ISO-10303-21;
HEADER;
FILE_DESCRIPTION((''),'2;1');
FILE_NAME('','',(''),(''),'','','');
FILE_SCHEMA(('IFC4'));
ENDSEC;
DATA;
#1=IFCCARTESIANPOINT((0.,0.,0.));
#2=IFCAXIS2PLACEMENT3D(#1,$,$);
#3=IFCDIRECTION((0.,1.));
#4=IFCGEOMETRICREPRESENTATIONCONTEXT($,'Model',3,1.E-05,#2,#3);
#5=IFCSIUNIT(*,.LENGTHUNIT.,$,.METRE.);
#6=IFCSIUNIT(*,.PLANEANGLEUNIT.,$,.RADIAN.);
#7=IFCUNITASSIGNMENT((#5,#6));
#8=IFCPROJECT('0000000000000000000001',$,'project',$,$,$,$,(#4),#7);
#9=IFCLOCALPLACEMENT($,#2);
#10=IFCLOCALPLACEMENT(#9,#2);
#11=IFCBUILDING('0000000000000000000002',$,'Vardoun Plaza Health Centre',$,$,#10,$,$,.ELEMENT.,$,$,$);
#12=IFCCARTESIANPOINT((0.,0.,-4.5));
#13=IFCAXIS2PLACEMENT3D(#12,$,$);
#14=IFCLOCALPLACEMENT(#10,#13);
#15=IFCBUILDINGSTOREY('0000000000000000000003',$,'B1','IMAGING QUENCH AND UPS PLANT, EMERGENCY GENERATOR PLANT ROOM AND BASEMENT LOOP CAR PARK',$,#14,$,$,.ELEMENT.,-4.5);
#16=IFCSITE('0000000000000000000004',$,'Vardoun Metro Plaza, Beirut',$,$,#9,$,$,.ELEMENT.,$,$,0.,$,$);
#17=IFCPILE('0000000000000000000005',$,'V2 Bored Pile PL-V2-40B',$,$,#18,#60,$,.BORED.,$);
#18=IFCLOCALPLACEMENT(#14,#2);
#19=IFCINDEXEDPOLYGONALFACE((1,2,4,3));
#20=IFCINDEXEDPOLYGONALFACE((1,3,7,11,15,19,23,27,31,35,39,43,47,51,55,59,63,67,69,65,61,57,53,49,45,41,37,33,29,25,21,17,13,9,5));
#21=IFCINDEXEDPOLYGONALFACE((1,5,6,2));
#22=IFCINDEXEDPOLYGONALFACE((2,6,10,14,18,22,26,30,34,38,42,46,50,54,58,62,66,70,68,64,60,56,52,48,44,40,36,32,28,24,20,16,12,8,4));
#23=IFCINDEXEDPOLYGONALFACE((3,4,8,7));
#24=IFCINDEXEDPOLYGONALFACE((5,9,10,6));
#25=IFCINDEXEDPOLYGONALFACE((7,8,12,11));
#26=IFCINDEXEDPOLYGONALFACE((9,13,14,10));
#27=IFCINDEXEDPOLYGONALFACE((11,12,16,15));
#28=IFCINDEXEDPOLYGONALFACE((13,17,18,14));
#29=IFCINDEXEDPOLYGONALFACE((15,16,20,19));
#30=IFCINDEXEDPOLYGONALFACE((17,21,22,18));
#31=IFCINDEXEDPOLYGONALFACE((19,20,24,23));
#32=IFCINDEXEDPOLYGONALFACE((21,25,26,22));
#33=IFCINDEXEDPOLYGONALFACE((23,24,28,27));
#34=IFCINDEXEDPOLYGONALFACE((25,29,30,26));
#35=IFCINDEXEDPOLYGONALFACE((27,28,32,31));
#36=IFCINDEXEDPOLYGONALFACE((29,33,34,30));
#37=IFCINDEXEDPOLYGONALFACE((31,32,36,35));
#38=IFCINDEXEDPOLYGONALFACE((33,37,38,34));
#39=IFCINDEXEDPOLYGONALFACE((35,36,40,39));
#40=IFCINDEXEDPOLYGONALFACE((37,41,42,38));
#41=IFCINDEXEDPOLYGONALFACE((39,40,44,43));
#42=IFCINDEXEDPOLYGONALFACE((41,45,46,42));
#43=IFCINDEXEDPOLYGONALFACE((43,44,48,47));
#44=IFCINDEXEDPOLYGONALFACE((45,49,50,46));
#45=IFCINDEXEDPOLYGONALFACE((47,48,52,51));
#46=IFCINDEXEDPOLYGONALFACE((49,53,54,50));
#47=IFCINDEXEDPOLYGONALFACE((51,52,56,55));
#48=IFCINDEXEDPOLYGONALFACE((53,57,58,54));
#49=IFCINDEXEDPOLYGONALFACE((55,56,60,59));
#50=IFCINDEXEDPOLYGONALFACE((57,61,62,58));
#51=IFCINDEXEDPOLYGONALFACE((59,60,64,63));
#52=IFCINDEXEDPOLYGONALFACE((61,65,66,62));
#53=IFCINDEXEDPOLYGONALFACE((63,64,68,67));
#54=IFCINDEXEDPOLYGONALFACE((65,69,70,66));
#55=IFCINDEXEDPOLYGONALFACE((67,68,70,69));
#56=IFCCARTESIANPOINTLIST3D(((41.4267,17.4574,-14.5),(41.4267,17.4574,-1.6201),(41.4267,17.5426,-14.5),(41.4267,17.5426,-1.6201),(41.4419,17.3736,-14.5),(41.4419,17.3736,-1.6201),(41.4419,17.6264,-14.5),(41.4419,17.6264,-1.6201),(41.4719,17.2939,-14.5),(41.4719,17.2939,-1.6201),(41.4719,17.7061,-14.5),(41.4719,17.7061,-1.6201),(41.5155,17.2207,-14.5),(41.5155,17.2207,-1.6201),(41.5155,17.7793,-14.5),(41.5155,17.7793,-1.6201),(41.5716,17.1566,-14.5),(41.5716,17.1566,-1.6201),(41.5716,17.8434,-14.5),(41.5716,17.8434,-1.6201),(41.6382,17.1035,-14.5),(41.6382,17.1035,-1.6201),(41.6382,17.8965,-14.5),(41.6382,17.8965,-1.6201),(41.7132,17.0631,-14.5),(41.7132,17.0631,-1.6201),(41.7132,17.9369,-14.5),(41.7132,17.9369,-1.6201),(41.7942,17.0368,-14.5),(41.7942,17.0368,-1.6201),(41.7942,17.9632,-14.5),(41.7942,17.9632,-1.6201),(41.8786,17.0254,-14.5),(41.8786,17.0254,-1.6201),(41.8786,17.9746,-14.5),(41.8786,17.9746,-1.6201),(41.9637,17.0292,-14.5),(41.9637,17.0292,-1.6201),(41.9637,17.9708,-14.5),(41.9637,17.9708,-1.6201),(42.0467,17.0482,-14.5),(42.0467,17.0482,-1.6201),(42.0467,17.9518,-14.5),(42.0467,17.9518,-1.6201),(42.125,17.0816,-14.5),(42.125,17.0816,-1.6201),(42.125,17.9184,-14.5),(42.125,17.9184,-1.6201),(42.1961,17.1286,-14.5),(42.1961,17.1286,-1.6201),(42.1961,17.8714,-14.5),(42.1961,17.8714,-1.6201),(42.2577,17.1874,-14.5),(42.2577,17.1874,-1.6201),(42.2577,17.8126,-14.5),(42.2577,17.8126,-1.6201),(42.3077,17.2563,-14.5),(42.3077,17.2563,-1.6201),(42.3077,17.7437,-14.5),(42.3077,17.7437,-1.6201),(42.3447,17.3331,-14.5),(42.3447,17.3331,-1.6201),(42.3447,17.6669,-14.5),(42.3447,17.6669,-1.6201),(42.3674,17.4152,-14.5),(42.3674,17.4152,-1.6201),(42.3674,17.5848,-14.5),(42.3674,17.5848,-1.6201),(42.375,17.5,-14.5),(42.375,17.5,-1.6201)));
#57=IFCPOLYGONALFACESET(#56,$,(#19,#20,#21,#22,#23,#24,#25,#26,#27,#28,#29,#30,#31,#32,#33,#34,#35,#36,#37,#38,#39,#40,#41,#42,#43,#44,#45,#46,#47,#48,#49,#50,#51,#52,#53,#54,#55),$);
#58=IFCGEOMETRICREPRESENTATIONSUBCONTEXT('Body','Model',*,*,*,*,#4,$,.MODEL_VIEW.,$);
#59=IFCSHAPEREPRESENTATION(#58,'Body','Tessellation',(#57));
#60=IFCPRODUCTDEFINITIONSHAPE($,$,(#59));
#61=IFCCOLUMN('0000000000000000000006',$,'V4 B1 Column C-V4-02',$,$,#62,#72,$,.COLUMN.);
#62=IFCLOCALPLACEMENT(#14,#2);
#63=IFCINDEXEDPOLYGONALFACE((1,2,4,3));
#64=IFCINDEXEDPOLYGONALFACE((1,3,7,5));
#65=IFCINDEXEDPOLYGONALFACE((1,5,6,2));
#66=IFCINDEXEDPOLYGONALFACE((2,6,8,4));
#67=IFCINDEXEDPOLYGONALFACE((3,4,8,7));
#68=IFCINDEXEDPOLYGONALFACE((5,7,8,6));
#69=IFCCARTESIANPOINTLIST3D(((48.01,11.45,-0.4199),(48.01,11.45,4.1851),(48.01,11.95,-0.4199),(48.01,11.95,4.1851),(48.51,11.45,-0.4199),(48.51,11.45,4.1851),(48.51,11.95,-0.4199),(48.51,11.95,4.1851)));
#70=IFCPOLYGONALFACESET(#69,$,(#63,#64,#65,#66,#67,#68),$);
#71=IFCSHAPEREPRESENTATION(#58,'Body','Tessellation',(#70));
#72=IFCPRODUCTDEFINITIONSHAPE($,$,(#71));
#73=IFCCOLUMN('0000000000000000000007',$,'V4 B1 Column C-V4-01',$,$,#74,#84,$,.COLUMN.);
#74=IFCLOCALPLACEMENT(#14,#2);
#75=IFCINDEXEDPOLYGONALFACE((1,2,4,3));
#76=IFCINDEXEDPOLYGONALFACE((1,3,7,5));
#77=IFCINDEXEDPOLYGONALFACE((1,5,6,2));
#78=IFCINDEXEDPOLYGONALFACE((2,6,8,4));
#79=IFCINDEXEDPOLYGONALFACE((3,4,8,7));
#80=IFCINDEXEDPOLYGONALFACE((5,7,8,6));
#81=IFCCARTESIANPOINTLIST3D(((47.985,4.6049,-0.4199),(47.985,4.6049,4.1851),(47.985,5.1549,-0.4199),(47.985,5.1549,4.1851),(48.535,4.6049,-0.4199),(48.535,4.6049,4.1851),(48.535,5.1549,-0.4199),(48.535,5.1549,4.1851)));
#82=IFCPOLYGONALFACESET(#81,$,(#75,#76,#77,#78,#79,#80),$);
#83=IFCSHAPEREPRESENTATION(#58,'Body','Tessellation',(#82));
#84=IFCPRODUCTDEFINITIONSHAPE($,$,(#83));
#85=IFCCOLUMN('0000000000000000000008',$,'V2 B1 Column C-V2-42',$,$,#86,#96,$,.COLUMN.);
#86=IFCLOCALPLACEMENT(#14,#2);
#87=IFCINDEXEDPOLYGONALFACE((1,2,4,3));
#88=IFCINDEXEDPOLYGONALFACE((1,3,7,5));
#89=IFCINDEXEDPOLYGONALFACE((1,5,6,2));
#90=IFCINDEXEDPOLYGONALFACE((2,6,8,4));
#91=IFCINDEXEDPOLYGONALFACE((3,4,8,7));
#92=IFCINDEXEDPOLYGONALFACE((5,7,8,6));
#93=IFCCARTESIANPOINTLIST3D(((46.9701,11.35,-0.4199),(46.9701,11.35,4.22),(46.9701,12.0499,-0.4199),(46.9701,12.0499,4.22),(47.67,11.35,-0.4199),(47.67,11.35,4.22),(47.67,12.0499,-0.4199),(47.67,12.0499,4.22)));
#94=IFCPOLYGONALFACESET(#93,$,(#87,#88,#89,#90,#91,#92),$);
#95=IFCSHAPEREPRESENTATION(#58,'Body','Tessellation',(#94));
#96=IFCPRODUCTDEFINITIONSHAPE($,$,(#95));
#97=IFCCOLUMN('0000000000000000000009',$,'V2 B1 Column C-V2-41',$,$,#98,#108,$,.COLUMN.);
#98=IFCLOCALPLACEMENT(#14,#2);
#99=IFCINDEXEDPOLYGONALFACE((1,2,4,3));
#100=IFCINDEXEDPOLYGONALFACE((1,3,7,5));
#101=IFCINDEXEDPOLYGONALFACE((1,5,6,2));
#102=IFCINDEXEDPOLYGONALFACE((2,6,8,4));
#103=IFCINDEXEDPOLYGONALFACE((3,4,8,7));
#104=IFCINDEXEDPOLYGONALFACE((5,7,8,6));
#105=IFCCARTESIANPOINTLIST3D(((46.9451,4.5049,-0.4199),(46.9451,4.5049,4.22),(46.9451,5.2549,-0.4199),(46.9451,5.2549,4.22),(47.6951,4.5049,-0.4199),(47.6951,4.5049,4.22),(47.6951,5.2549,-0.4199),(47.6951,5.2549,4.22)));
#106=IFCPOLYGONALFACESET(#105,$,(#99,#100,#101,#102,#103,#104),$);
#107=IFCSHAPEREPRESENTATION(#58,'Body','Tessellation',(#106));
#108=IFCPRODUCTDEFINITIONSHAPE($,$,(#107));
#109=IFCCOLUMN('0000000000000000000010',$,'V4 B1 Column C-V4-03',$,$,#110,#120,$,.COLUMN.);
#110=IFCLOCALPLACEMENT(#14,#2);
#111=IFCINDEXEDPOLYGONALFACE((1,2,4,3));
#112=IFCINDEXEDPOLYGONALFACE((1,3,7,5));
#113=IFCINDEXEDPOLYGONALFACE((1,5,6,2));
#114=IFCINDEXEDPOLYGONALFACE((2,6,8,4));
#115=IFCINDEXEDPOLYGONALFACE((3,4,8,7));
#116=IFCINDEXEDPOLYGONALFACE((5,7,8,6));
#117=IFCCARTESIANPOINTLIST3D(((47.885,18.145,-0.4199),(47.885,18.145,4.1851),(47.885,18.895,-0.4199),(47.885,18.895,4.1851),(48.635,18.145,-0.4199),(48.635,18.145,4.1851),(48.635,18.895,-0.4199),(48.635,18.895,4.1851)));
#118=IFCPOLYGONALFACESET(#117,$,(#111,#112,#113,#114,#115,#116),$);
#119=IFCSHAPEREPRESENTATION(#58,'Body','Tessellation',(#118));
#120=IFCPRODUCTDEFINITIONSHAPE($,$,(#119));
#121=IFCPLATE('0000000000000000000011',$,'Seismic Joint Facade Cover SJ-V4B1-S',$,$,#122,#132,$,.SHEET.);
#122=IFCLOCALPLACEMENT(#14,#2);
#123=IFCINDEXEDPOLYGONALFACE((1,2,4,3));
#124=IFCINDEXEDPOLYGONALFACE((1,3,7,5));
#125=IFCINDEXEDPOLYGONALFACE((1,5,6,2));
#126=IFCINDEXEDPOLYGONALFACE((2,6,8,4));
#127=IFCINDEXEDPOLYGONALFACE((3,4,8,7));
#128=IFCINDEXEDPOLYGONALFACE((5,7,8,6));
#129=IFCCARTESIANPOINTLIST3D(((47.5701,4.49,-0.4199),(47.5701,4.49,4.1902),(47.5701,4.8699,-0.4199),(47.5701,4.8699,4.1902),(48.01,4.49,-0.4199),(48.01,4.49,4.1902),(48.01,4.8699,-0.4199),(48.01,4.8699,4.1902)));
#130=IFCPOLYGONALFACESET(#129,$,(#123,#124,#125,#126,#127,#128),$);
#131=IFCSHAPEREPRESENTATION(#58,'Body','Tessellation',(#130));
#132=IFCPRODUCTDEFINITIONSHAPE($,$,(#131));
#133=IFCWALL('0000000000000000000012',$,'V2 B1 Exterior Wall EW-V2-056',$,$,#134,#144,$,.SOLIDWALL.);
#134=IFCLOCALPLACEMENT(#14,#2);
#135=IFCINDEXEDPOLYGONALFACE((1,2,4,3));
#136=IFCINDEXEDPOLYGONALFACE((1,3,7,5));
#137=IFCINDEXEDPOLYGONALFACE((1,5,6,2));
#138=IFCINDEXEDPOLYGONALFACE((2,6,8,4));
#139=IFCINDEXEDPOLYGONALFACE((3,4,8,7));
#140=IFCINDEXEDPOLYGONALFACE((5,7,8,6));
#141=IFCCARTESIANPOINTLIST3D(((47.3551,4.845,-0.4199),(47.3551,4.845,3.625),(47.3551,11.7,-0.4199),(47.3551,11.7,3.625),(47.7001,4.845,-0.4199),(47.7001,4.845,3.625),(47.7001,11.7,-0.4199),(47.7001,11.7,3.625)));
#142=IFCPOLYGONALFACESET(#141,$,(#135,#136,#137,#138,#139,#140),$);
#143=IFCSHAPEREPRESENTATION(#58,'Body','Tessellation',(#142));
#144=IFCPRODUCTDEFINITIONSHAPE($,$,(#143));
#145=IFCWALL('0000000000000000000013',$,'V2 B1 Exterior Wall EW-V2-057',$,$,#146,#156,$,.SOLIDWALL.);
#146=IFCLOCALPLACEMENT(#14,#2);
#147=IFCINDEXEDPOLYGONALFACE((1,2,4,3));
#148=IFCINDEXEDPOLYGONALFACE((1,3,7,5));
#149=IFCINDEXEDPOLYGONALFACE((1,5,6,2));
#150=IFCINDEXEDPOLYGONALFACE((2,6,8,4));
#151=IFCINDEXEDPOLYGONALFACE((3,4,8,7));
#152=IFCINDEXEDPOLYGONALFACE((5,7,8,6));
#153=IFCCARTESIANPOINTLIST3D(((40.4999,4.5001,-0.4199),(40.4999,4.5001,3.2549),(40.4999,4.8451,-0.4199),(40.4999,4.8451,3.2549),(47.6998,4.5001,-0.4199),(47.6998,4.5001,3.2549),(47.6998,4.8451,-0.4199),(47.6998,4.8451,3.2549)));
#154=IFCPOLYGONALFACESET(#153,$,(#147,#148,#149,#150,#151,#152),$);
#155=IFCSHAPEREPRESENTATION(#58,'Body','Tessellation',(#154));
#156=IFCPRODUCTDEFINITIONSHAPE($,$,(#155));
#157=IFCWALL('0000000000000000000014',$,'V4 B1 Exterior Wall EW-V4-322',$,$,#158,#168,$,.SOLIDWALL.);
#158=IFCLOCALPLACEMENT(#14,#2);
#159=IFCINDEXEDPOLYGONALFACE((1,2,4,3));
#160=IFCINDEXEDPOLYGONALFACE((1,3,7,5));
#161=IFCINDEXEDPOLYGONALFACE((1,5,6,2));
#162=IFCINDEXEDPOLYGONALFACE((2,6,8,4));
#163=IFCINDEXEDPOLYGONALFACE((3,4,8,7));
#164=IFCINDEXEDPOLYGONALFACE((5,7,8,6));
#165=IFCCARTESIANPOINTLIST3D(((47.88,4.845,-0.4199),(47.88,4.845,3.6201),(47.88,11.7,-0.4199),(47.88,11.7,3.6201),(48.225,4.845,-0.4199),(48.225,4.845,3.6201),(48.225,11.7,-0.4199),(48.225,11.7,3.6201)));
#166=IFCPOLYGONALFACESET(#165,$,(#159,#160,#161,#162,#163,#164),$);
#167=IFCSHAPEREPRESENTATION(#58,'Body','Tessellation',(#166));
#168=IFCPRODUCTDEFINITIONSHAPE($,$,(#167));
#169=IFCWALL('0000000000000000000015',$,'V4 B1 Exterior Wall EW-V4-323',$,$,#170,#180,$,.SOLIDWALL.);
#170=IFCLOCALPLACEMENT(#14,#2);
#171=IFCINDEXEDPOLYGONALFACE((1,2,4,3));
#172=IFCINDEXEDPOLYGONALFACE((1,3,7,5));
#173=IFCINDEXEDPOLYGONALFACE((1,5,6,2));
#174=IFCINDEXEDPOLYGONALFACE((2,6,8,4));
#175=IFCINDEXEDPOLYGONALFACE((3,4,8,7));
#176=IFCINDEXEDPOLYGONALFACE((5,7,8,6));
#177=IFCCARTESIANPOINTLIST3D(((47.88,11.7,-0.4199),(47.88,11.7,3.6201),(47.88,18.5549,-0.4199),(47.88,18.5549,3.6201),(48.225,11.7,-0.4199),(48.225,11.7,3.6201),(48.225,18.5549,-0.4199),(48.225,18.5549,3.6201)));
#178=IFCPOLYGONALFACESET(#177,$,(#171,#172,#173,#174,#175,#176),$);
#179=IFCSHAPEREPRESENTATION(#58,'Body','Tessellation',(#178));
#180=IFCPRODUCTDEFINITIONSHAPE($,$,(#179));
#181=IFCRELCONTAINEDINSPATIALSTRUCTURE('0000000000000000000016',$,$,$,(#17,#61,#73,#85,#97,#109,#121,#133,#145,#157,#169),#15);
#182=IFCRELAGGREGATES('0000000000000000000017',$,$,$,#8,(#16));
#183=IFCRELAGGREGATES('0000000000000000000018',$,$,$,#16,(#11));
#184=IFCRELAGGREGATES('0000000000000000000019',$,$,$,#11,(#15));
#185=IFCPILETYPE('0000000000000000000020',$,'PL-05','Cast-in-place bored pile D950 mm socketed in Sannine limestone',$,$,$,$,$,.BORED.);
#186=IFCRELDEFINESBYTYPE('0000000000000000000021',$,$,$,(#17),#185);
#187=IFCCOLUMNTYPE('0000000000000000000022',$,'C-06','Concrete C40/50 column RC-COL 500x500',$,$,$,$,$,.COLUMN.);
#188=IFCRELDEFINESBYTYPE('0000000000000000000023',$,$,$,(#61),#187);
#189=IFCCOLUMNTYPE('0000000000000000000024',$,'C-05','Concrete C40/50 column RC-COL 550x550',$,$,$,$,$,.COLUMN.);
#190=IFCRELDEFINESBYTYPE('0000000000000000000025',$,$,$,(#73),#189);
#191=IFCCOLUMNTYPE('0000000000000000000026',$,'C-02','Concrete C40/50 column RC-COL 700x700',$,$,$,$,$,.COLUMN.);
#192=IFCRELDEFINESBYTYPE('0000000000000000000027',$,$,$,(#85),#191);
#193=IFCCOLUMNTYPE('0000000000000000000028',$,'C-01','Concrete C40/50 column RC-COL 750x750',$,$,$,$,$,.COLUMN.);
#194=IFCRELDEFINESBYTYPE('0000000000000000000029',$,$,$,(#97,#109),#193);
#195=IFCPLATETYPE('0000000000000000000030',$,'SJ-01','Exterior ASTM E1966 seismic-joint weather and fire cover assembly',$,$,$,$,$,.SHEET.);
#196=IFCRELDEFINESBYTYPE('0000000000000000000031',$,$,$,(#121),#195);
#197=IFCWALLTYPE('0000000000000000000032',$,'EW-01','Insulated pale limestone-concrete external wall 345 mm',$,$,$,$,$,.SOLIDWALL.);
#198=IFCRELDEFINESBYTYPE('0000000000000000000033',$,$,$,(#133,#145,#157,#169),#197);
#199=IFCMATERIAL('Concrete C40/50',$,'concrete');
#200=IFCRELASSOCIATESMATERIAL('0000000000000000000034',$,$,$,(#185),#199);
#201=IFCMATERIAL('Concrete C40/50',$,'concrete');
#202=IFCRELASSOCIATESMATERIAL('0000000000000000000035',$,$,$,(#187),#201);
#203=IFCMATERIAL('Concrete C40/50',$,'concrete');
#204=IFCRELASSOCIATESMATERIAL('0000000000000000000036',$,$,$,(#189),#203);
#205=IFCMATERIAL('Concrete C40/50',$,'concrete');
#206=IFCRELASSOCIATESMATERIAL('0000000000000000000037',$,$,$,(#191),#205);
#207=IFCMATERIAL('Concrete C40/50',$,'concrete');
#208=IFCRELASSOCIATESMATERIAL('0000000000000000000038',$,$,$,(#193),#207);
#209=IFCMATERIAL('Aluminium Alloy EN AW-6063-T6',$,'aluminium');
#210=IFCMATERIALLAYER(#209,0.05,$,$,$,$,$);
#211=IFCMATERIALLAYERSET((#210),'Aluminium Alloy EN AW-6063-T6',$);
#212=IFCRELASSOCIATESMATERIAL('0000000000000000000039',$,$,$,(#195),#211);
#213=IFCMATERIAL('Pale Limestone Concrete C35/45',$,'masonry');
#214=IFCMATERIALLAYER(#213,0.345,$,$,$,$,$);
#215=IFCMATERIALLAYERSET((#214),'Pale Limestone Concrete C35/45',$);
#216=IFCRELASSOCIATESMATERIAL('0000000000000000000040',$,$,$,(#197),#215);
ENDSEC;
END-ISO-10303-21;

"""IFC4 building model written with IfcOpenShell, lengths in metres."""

from ifc_helpers import new_model, si_unit, direction, frame, frame_2d, origin, origin_2d, place, context, subcontext, project, spatial, rectangle, circle, extrude, material, layer, layer_set, material_profile, profile_set, type_object, element, save


model = new_model("IFC4")

# Units and contexts
model_context = context("Model", 3, precision=1e-05, world=origin(), true_north=direction((0.0, 1.0)))
body_context = subcontext(model_context, "Body", "Model", "MODEL_VIEW")
ifc_project = project(units=[si_unit("LENGTHUNIT", "METRE"), si_unit("PLANEANGLEUNIT", "RADIAN")], contexts=[model_context])

# Site, building, storey
site_placement = place(None, origin())
site = spatial("IfcSite", under=ifc_project, at=site_placement, Name="Vardoun Metro Plaza, Beirut", CompositionType="ELEMENT", RefElevation=0.0)
building_placement = place(site_placement, origin())
building = spatial("IfcBuilding", under=site, at=building_placement, Name="Vardoun Plaza Health Centre", CompositionType="ELEMENT")
storey_placement = place(building_placement, frame((0.0, 0.0, -4.5)))
storey = spatial("IfcBuildingStorey", under=building, at=storey_placement, Name="B1", Description="IMAGING QUENCH AND UPS PLANT, EMERGENCY GENERATOR PLANT ROOM AND BASEMENT LOOP CAR PARK", CompositionType="ELEMENT", Elevation=-4.5)

# Pile
ifc_material_1 = material(Name="Concrete C40/50", Category="concrete")
ifc_material_profile_1 = material_profile(ifc_material_1, circle(Radius=0.4751, at=origin_2d()), Name="PILE D950")
ifc_profile_set_1 = profile_set([ifc_material_profile_1], Name="Concrete C40/50")
pile_type_1 = type_object("IfcPileType", Name="PL-05", Description="Cast-in-place bored pile D950 mm socketed in Sannine limestone", PredefinedType="BORED", material=ifc_profile_set_1)
pile_1_placement = place(storey_placement, frame((41.8999, 17.5, -1.6201), z_axis=(0.0, 0.0, -1.0), x_axis=(1.0, 0.0, 0.0)))
element("IfcPile", 1, at=pile_1_placement, inside=storey, type_object=pile_type_1, Name="V2 Bored Pile PL-V2-40B", PredefinedType="BORED", context=body_context, shape_type="SweptSolid", body=[
    extrude(circle(Radius=0.4751, at=origin_2d()), origin(), (0.0, 0.0, 1.0), 12.8799),
])

# Columns
ifc_material_2 = material(Name="Concrete C40/50", Category="concrete")
ifc_material_profile_2 = material_profile(ifc_material_2, rectangle(XDim=0.5, YDim=0.5, at=origin_2d()), Name="RC-COL 500x500")
ifc_profile_set_2 = profile_set([ifc_material_profile_2], Name="Concrete C40/50")
column_type_1 = type_object("IfcColumnType", Name="C-06", Description="Concrete C40/50 column RC-COL 500x500", PredefinedType="COLUMN", material=ifc_profile_set_2)
column_1_placement = place(storey_placement, frame((48.26, 11.7, -0.4199), z_axis=(0.0, 0.0, 1.0), x_axis=(1.0, 0.0, 0.0)))
element("IfcColumn", 2, at=column_1_placement, inside=storey, type_object=column_type_1, Name="V4 B1 Column C-V4-02", PredefinedType="COLUMN", context=body_context, shape_type="SweptSolid", body=[
    extrude(rectangle(XDim=0.5, YDim=0.5, at=origin_2d()), origin(), (0.0, 0.0, 1.0), 4.605),
])
ifc_material_3 = material(Name="Concrete C40/50", Category="concrete")
ifc_material_profile_3 = material_profile(ifc_material_3, rectangle(XDim=0.55, YDim=0.55, at=origin_2d()), Name="RC-COL 550x550")
ifc_profile_set_3 = profile_set([ifc_material_profile_3], Name="Concrete C40/50")
column_type_2 = type_object("IfcColumnType", Name="C-05", Description="Concrete C40/50 column RC-COL 550x550", PredefinedType="COLUMN", material=ifc_profile_set_3)
column_2_placement = place(storey_placement, frame((48.26, 4.8799, -0.4199), z_axis=(0.0, 0.0, 1.0), x_axis=(1.0, 0.0, 0.0)))
element("IfcColumn", 3, at=column_2_placement, inside=storey, type_object=column_type_2, Name="V4 B1 Column C-V4-01", PredefinedType="COLUMN", context=body_context, shape_type="SweptSolid", body=[
    extrude(rectangle(XDim=0.55, YDim=0.55, at=origin_2d()), origin(), (0.0, 0.0, 1.0), 4.605),
])
ifc_material_4 = material(Name="Concrete C40/50", Category="concrete")
ifc_material_profile_4 = material_profile(ifc_material_4, rectangle(XDim=0.7, YDim=0.7, at=origin_2d()), Name="RC-COL 700x700")
ifc_profile_set_4 = profile_set([ifc_material_profile_4], Name="Concrete C40/50")
column_type_3 = type_object("IfcColumnType", Name="C-02", Description="Concrete C40/50 column RC-COL 700x700", PredefinedType="COLUMN", material=ifc_profile_set_4)
column_3_placement = place(storey_placement, frame((47.3201, 11.7, -0.4199), z_axis=(0.0, 0.0, 1.0), x_axis=(1.0, 0.0, 0.0)))
element("IfcColumn", 4, at=column_3_placement, inside=storey, type_object=column_type_3, Name="V2 B1 Column C-V2-42", PredefinedType="COLUMN", context=body_context, shape_type="SweptSolid", body=[
    extrude(rectangle(XDim=0.7, YDim=0.7, at=origin_2d()), origin(), (0.0, 0.0, 1.0), 4.6399),
])
ifc_material_5 = material(Name="Concrete C40/50", Category="concrete")
ifc_material_profile_5 = material_profile(ifc_material_5, rectangle(XDim=0.75, YDim=0.75, at=origin_2d()), Name="RC-COL 750x750")
ifc_profile_set_5 = profile_set([ifc_material_profile_5], Name="Concrete C40/50")
column_type_4 = type_object("IfcColumnType", Name="C-01", Description="Concrete C40/50 column RC-COL 750x750", PredefinedType="COLUMN", material=ifc_profile_set_5)
column_4_placement = place(storey_placement, frame((47.3201, 4.8799, -0.4199), z_axis=(0.0, 0.0, 1.0), x_axis=(1.0, 0.0, 0.0)))
element("IfcColumn", 5, at=column_4_placement, inside=storey, type_object=column_type_4, Name="V2 B1 Column C-V2-41", PredefinedType="COLUMN", context=body_context, shape_type="SweptSolid", body=[
    extrude(rectangle(XDim=0.75, YDim=0.75, at=origin_2d()), origin(), (0.0, 0.0, 1.0), 4.6399),
])
column_5_placement = place(storey_placement, frame((48.26, 18.52, -0.4199), z_axis=(0.0, 0.0, 1.0), x_axis=(1.0, 0.0, 0.0)))
element("IfcColumn", 6, at=column_5_placement, inside=storey, type_object=column_type_4, Name="V4 B1 Column C-V4-03", PredefinedType="COLUMN", context=body_context, shape_type="SweptSolid", body=[
    extrude(rectangle(XDim=0.75, YDim=0.75, at=origin_2d()), origin(), (0.0, 0.0, 1.0), 4.605),
])

# Plate
ifc_material_6 = material(Name="Aluminium Alloy EN AW-6063-T6", Category="aluminium")
ifc_layer_1 = layer(ifc_material_6, 0.05)
ifc_layer_set_1 = layer_set([ifc_layer_1], Name="Aluminium Alloy EN AW-6063-T6")
plate_type = type_object("IfcPlateType", Name="SJ-01", Description="Exterior ASTM E1966 seismic-joint weather and fire cover assembly", PredefinedType="SHEET", material=ifc_layer_set_1)
plate_placement = place(storey_placement, frame((47.79, 4.6799, -0.4199), z_axis=(0.0, 0.0, 1.0), x_axis=(1.0, 0.0, 0.0)))
element("IfcPlate", 7, at=plate_placement, inside=storey, type_object=plate_type, Name="Seismic Joint Facade Cover SJ-V4B1-S", PredefinedType="SHEET", context=body_context, shape_type="SweptSolid", body=[
    extrude(rectangle(XDim=0.4399, YDim=0.3799, at=origin_2d()), origin(), (0.0, 0.0, 1.0), 4.6101),
])

# Walls
ifc_material_7 = material(Name="Pale Limestone Concrete C35/45", Category="masonry")
ifc_layer_2 = layer(ifc_material_7, 0.345)
ifc_layer_set_2 = layer_set([ifc_layer_2], Name="Pale Limestone Concrete C35/45")
wall_type_1 = type_object("IfcWallType", Name="EW-01", Description="Insulated pale limestone-concrete external wall 345 mm", PredefinedType="SOLIDWALL", material=ifc_layer_set_2)
wall_1_placement = place(storey_placement, frame((47.5276, 11.7, -0.4199), z_axis=(0.0, 0.0, 1.0), x_axis=(0.0, -1.0, 0.0)))
element("IfcWall", 8, at=wall_1_placement, inside=storey, type_object=wall_type_1, Name="V2 B1 Exterior Wall EW-V2-056", PredefinedType="SOLIDWALL", context=body_context, shape_type="SweptSolid", body=[
    extrude(rectangle(XDim=6.855, YDim=0.345, at=frame_2d((3.4275, 0.0))), origin(), (0.0, 0.0, 1.0), 4.0449),
])
wall_2_placement = place(storey_placement, frame((47.7, 4.6726, -0.4199), z_axis=(0.0, 0.0, 1.0), x_axis=(-1.0, 0.0, 0.0)))
element("IfcWall", 9, at=wall_2_placement, inside=storey, type_object=wall_type_1, Name="V2 B1 Exterior Wall EW-V2-057", PredefinedType="SOLIDWALL", context=body_context, shape_type="SweptSolid", body=[
    extrude(rectangle(XDim=7.2, YDim=0.345, at=frame_2d((3.6001, 0.0))), origin(), (0.0, 0.0, 1.0), 3.6748),
])
for number, where, z_axis, x_axis, name in (
    (10, (48.0525, 4.845, -0.4199), (0.0, 0.0, 1.0), (0.0, 1.0, 0.0), "V4 B1 Exterior Wall EW-V4-322"),
    (11, (48.0525, 11.7, -0.4199), (0.0, 0.0, 1.0), (0.0, 1.0, 0.0), "V4 B1 Exterior Wall EW-V4-323"),
):
    element("IfcWall", number, at=place(storey_placement, frame(where, z_axis=z_axis, x_axis=x_axis)), inside=storey, type_object=wall_type_1, Name=name, PredefinedType="SOLIDWALL", context=body_context, shape_type="SweptSolid", body=[
        extrude(rectangle(XDim=6.855, YDim=0.345, at=frame_2d((3.4275, 0.0))), origin(), (0.0, 0.0, 1.0), 4.04),
    ])

save(model, "model.ifc")
